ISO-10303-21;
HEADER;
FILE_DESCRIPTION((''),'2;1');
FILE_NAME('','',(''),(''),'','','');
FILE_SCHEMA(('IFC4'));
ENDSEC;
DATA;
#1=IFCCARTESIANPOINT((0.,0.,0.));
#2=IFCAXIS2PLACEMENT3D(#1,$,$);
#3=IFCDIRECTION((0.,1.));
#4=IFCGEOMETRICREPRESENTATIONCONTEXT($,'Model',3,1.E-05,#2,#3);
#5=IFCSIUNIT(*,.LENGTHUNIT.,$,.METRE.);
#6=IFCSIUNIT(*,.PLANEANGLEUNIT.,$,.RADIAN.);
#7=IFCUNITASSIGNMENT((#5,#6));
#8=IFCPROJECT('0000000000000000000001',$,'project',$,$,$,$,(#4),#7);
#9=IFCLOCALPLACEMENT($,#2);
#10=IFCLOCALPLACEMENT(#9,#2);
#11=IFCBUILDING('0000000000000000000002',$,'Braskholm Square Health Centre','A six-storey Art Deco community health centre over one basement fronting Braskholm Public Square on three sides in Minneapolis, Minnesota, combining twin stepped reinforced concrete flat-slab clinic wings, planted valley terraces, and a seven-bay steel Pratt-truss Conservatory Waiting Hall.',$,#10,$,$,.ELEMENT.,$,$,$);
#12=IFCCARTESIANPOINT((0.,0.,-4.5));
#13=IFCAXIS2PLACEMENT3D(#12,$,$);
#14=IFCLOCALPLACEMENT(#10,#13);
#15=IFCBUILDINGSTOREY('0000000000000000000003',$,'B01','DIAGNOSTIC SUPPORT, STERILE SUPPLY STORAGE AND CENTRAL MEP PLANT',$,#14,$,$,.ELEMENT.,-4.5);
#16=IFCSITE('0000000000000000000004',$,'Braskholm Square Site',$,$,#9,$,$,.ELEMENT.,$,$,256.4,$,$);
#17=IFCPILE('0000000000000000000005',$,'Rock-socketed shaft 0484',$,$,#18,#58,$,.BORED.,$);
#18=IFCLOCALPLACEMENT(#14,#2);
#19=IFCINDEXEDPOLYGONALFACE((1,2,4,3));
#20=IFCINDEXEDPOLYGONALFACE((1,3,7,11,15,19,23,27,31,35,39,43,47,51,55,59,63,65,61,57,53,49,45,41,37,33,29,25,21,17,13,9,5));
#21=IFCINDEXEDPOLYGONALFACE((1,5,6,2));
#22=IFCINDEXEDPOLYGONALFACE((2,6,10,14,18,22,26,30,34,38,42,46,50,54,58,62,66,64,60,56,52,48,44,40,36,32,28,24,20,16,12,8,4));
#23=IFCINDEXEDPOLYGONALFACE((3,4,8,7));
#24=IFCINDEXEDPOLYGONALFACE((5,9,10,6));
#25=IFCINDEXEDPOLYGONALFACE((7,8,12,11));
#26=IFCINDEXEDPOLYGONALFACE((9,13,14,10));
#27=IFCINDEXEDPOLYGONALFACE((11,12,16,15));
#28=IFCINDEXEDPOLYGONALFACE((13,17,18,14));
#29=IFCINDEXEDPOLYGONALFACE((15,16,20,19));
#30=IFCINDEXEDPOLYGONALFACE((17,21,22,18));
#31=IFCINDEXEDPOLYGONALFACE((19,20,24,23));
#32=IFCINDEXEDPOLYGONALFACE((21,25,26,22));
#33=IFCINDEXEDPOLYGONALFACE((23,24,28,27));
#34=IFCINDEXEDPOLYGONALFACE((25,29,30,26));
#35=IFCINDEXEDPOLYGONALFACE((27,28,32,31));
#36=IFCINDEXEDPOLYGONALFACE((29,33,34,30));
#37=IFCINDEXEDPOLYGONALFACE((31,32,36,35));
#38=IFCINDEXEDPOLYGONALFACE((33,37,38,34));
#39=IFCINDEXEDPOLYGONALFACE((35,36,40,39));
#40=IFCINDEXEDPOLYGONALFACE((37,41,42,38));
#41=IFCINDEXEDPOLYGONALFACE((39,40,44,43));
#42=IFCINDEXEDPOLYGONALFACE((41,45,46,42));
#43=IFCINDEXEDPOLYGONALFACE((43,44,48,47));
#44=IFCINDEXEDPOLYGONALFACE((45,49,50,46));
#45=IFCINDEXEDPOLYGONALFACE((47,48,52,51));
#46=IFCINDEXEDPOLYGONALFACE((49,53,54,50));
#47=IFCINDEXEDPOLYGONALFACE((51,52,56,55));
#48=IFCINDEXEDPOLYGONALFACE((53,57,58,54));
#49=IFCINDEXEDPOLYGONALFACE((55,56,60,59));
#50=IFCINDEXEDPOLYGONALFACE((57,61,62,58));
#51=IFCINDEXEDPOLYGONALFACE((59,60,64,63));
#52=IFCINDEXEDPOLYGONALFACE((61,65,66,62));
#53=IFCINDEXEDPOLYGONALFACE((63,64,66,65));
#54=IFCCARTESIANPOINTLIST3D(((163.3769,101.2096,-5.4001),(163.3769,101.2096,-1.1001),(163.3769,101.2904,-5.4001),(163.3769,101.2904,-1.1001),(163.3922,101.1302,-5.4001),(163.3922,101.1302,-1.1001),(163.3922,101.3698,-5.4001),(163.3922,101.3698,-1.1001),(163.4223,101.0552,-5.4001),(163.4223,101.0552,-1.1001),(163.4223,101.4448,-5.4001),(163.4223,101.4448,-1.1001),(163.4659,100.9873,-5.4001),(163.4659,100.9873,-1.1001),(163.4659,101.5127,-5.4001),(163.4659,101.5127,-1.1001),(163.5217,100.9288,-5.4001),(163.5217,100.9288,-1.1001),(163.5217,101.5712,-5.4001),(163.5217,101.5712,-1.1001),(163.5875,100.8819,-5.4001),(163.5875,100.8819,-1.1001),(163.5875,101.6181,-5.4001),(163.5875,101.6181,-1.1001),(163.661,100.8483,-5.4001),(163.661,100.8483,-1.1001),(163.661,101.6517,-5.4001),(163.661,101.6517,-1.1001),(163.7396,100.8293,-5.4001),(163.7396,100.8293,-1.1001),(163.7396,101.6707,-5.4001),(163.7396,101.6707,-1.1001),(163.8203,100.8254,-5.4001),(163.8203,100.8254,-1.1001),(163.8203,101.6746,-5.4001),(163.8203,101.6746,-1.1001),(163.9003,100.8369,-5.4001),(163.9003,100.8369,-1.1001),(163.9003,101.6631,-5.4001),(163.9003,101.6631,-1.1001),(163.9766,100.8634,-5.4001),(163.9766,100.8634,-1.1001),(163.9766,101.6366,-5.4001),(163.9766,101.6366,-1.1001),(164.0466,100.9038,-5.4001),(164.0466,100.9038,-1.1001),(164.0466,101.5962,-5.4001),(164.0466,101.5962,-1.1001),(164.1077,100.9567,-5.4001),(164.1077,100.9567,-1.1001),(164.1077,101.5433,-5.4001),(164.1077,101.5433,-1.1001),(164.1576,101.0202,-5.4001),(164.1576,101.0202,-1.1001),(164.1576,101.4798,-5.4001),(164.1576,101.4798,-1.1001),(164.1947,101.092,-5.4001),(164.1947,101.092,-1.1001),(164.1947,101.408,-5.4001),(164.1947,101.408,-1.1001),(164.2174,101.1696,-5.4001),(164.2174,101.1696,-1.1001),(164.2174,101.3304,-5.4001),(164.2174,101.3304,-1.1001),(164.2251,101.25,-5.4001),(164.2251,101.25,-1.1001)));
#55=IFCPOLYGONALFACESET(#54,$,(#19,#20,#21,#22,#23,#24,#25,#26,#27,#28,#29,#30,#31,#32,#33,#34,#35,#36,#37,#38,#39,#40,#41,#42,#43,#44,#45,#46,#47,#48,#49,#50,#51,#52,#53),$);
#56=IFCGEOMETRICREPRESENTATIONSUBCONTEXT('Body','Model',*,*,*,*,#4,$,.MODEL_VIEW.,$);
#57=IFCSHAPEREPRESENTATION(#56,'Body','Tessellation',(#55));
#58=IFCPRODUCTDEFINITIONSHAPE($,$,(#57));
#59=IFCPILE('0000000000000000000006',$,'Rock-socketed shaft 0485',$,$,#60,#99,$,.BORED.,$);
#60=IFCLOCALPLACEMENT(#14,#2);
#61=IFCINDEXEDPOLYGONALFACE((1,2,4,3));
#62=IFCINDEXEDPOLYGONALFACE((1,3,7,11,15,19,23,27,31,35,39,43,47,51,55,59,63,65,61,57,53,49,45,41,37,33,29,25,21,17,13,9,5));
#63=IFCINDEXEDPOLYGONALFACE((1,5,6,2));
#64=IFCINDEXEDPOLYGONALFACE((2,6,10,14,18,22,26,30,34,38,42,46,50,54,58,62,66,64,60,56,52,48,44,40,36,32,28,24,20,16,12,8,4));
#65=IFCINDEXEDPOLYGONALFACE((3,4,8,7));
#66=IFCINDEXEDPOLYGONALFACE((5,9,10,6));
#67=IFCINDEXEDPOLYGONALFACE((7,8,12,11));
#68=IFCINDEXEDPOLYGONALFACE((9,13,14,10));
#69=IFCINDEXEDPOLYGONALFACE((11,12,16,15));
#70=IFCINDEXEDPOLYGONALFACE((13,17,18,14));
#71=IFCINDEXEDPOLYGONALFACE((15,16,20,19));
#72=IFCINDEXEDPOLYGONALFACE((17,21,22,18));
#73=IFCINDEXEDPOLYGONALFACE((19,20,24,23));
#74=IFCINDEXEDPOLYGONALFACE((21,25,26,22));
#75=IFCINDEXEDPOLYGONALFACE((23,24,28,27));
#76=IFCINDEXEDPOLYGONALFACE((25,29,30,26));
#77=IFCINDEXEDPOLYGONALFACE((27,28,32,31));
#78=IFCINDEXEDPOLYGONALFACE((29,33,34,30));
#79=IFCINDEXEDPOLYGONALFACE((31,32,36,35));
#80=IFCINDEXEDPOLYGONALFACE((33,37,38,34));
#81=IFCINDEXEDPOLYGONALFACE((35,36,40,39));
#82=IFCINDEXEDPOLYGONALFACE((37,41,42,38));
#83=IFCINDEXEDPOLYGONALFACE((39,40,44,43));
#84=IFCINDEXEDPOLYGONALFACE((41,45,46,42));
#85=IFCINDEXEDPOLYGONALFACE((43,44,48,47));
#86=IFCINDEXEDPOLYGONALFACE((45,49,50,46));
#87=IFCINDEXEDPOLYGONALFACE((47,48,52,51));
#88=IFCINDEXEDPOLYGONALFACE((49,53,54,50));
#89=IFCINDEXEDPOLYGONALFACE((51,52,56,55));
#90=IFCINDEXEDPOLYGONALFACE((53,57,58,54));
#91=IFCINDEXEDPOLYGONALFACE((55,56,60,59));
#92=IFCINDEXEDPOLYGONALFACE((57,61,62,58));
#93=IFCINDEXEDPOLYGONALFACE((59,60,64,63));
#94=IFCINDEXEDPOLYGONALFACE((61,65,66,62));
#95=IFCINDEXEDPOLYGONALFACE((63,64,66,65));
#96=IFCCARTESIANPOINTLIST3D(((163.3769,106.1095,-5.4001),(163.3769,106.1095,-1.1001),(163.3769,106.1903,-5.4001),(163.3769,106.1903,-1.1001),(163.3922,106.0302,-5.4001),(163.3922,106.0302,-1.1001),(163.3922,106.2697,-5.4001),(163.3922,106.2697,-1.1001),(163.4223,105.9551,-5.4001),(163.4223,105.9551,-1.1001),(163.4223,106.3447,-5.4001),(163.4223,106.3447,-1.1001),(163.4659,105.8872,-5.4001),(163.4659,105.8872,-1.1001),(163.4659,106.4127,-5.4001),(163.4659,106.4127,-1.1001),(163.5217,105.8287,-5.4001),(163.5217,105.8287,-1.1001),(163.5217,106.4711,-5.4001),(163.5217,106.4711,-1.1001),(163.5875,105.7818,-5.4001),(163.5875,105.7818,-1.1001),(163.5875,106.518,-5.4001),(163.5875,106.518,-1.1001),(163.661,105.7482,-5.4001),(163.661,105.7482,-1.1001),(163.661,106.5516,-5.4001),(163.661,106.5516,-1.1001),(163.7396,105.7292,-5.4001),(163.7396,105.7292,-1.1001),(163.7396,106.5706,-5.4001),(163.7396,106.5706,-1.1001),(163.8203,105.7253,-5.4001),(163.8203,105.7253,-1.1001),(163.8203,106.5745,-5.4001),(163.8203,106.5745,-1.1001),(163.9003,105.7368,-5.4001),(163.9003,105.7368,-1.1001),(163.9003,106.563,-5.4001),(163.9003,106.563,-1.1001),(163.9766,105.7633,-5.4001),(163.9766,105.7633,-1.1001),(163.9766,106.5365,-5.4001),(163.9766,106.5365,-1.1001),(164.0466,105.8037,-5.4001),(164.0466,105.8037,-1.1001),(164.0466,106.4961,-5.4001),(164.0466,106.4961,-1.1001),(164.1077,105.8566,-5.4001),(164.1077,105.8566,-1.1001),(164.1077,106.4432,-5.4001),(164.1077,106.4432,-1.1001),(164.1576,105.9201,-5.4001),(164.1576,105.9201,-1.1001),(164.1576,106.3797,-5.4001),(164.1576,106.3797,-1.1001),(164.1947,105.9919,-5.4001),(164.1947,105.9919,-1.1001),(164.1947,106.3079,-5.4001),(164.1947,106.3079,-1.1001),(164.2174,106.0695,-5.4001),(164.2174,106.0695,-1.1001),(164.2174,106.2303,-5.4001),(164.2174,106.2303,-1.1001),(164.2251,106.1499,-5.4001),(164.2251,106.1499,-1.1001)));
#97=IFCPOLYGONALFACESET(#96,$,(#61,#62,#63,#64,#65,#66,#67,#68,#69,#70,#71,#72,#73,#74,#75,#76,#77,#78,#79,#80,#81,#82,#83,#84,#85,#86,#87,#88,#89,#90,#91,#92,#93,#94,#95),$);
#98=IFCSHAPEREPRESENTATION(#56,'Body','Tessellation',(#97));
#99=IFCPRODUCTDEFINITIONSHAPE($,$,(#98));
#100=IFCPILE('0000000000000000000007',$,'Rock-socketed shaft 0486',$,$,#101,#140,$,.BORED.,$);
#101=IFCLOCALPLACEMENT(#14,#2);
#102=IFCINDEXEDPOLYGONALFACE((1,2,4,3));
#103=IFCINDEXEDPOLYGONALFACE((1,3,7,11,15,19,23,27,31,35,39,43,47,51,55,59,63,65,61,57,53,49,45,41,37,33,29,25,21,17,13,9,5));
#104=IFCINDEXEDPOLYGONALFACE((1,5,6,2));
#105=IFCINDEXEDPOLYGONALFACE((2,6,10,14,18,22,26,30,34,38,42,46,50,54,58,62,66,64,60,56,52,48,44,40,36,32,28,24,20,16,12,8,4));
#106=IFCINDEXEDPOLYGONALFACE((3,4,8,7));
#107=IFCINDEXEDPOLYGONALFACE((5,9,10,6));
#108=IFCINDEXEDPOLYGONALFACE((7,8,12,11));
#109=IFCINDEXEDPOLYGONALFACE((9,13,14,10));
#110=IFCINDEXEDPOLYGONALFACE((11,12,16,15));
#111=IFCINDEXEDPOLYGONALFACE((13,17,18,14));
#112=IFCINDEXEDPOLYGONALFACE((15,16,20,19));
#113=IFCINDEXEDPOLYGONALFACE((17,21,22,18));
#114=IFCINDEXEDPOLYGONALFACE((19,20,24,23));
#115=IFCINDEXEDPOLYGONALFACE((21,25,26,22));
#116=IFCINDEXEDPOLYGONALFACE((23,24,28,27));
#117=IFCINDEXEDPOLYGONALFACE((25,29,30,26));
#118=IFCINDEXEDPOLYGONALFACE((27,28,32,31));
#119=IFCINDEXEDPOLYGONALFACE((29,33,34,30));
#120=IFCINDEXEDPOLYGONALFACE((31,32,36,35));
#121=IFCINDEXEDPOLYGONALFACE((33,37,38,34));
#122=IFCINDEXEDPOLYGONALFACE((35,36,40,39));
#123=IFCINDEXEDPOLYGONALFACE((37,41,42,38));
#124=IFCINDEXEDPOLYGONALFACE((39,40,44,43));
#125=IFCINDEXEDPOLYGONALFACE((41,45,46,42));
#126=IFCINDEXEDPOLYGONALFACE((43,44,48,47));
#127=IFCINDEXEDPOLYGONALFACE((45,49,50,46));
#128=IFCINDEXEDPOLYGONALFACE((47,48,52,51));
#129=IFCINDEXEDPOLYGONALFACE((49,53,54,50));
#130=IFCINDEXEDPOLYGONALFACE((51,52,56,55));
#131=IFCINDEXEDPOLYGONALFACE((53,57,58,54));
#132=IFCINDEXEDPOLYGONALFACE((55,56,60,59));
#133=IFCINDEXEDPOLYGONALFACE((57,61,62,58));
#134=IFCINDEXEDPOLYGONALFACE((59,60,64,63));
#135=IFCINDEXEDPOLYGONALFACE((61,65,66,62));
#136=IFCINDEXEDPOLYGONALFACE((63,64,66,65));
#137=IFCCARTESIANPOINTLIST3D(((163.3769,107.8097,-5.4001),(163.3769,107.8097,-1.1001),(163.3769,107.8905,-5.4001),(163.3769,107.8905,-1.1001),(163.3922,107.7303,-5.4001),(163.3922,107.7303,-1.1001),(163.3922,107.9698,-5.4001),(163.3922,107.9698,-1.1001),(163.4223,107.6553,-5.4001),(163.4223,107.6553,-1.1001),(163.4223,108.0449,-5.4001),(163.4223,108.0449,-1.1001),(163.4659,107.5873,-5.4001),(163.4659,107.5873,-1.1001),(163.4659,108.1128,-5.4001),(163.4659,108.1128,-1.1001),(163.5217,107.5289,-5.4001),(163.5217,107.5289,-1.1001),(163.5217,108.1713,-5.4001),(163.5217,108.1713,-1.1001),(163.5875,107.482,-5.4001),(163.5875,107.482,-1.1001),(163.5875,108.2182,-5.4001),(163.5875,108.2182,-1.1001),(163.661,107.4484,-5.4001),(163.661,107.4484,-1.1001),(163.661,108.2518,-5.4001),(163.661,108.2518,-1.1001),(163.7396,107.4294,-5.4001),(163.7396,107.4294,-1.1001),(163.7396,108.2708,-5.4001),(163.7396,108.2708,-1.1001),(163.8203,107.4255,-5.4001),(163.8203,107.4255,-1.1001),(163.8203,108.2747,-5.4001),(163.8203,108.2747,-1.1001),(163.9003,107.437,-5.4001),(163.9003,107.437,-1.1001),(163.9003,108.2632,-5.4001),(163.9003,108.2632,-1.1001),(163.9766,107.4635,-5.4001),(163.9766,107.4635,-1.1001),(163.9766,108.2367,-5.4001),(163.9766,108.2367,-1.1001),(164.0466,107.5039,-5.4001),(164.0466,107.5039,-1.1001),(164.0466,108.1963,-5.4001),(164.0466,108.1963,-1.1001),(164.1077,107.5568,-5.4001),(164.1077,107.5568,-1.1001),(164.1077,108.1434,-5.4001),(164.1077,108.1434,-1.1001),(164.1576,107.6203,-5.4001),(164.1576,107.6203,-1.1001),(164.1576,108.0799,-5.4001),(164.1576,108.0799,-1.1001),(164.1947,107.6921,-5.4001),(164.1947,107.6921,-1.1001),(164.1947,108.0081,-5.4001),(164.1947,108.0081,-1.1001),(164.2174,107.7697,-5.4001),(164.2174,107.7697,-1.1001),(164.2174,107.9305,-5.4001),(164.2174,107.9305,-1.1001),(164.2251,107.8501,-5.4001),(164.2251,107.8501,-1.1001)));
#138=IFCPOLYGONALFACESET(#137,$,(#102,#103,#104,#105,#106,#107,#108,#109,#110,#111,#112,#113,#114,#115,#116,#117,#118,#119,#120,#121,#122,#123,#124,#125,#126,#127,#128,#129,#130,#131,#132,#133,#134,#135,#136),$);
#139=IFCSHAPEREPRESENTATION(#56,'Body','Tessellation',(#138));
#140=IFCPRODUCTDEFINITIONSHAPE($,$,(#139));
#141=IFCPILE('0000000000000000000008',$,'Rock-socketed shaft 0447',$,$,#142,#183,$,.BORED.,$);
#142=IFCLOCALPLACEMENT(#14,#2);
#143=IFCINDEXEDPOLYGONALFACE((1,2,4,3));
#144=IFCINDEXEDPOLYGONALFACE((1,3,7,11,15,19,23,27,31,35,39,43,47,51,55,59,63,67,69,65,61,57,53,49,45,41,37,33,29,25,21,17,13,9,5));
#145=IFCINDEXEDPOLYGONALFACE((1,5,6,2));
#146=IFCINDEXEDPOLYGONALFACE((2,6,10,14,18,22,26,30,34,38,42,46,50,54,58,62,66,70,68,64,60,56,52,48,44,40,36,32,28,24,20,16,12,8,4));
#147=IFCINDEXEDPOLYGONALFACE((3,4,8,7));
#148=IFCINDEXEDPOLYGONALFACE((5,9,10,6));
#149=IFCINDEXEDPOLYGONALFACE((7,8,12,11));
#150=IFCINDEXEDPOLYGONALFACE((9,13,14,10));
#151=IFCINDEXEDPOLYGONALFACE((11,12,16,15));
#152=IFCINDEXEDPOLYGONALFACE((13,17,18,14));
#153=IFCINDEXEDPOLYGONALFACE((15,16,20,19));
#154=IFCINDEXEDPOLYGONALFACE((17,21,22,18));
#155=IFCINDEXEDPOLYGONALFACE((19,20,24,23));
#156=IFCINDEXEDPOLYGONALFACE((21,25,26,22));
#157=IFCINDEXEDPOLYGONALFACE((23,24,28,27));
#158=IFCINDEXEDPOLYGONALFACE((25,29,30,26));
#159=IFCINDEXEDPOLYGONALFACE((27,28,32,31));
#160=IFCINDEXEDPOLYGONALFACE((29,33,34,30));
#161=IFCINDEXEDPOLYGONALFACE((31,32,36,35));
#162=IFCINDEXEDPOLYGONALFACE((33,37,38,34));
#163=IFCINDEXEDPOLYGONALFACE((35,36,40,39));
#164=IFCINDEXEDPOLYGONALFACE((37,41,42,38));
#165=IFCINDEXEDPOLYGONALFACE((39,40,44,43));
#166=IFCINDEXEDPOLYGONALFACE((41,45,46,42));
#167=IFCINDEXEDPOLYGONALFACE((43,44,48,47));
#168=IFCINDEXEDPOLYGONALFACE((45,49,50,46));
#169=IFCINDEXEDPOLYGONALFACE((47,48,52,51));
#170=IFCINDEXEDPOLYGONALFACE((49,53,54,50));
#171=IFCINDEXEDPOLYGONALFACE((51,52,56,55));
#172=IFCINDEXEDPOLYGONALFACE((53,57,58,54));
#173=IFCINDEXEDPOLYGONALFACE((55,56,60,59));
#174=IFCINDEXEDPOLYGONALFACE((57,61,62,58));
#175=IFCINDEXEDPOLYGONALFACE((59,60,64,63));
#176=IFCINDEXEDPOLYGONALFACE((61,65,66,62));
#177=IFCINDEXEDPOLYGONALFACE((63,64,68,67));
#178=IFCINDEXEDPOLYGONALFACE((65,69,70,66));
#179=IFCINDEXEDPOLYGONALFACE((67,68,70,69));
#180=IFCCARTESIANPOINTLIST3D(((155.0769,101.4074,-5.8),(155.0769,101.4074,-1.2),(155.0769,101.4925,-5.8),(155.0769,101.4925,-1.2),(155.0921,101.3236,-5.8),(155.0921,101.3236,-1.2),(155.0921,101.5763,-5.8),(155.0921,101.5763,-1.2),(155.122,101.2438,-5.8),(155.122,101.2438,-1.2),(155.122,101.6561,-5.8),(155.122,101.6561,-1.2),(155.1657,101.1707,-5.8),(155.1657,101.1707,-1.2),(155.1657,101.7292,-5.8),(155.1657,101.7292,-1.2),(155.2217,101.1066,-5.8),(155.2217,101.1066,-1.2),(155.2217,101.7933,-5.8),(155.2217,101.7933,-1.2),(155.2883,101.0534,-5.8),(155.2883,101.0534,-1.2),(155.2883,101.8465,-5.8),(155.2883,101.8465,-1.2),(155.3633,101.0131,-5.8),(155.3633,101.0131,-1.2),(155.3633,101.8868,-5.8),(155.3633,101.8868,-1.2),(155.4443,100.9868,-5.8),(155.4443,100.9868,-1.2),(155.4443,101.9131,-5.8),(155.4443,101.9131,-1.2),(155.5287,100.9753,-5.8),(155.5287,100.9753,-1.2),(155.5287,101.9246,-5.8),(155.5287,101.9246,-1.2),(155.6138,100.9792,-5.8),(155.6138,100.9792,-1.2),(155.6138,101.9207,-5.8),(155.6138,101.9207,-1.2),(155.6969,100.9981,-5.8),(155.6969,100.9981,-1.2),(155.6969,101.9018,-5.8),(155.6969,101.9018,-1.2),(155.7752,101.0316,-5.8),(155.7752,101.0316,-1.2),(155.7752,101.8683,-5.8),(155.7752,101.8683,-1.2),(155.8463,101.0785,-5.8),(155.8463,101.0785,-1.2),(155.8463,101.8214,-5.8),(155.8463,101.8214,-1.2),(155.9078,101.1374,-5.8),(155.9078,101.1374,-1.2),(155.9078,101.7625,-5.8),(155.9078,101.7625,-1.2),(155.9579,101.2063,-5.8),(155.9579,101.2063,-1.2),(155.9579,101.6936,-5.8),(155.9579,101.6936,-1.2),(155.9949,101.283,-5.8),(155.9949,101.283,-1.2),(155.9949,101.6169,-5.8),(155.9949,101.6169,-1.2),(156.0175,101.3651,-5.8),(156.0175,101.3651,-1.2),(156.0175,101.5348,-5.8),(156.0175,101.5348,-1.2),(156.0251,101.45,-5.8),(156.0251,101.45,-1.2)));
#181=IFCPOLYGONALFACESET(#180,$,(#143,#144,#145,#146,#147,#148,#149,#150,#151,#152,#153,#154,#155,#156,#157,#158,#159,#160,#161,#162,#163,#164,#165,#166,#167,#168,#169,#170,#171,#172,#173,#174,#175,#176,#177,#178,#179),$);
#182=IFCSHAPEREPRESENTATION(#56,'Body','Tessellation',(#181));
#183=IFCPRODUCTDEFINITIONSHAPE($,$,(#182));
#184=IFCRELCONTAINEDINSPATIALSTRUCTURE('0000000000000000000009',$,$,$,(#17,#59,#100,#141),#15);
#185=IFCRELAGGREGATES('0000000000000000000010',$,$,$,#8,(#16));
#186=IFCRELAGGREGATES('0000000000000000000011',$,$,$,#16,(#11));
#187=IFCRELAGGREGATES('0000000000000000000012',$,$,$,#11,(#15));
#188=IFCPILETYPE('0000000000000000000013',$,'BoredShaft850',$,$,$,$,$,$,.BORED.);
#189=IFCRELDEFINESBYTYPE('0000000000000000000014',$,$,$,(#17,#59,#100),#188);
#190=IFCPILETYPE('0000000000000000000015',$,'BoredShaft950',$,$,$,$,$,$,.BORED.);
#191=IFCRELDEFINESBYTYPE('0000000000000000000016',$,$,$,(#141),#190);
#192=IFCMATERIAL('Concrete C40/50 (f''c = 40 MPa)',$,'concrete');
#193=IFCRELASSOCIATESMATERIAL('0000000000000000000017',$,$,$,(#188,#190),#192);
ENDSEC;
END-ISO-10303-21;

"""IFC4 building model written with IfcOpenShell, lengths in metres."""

from ifc_helpers import new_model, si_unit, direction, frame, origin, origin_2d, place, context, subcontext, project, spatial, circle, extrude, material, material_profile, profile_set, type_object, element, save


model = new_model("IFC4")

# Units and contexts
model_context = context("Model", 3, precision=1e-05, world=origin(), true_north=direction((0.0, 1.0)))
body_context = subcontext(model_context, "Body", "Model", "MODEL_VIEW")
ifc_project = project(units=[si_unit("LENGTHUNIT", "METRE"), si_unit("PLANEANGLEUNIT", "RADIAN")], contexts=[model_context])

# Site, building, storey
site_placement = place(None, origin())
site = spatial("IfcSite", under=ifc_project, at=site_placement, Name="Braskholm Square Site", CompositionType="ELEMENT", RefElevation=256.4)
building_placement = place(site_placement, origin())
building = spatial("IfcBuilding", under=site, at=building_placement, Name="Braskholm Square Health Centre", Description="A six-storey Art Deco community health centre over one basement fronting Braskholm Public Square on three sides in Minneapolis, Minnesota, combining twin stepped reinforced concrete flat-slab clinic wings, planted valley terraces, and a seven-bay steel Pratt-truss Conservatory Waiting Hall.", CompositionType="ELEMENT")
storey_placement = place(building_placement, frame((0.0, 0.0, -4.5)))
storey = spatial("IfcBuildingStorey", under=building, at=storey_placement, Name="B01", Description="DIAGNOSTIC SUPPORT, STERILE SUPPLY STORAGE AND CENTRAL MEP PLANT", CompositionType="ELEMENT", Elevation=-4.5)

# Piles
ifc_material_1 = material(Name="Concrete C40/50 (f'c = 40 MPa)", Category="concrete")
ifc_material_profile_1 = material_profile(ifc_material_1, circle(Radius=0.425, at=origin_2d()), Name="BORED-PILE-850")
ifc_profile_set_1 = profile_set([ifc_material_profile_1], Name="Concrete C40/50 (f'c = 40 MPa)")
pile_type_1 = type_object("IfcPileType", Name="BoredShaft850", PredefinedType="BORED", material=ifc_profile_set_1)
for number, where, z_axis, x_axis, name in (
    (1, (163.8, 101.25, -1.1001), (0.0, 0.0, -1.0), (1.0, 0.0, 0.0), "Rock-socketed shaft 0484"),
    (2, (163.8, 106.1499, -1.1001), (0.0, 0.0, -1.0), (1.0, 0.0, 0.0), "Rock-socketed shaft 0485"),
    (3, (163.8, 107.8501, -1.1001), (0.0, 0.0, -1.0), (1.0, 0.0, 0.0), "Rock-socketed shaft 0486"),
):
    element("IfcPile", number, at=place(storey_placement, frame(where, z_axis=z_axis, x_axis=x_axis)), inside=storey, type_object=pile_type_1, Name=name, PredefinedType="BORED", context=body_context, shape_type="SweptSolid", body=[
        extrude(circle(Radius=0.425, at=origin_2d()), origin(), (0.0, 0.0, 1.0), 4.3),
    ])
ifc_material_profile_2 = material_profile(ifc_material_1, circle(Radius=0.4751, at=origin_2d()), Name="BORED-PILE-950")
ifc_profile_set_2 = profile_set([ifc_material_profile_2], Name="Concrete C40/50 (f'c = 40 MPa)")
pile_type_2 = type_object("IfcPileType", Name="BoredShaft950", PredefinedType="BORED", material=ifc_profile_set_2)
for number, where, z_axis, x_axis, name in (
    (4, (155.55, 101.45, -1.2), (0.0, 0.0, -1.0), (1.0, 0.0, 0.0), "Rock-socketed shaft 0447"),
):
    element("IfcPile", number, at=place(storey_placement, frame(where, z_axis=z_axis, x_axis=x_axis)), inside=storey, type_object=pile_type_2, Name=name, PredefinedType="BORED", context=body_context, shape_type="SweptSolid", body=[
        extrude(circle(Radius=0.4751, at=origin_2d()), origin(), (0.0, 0.0, 1.0), 4.6001),
    ])

save(model, "model.ifc")
